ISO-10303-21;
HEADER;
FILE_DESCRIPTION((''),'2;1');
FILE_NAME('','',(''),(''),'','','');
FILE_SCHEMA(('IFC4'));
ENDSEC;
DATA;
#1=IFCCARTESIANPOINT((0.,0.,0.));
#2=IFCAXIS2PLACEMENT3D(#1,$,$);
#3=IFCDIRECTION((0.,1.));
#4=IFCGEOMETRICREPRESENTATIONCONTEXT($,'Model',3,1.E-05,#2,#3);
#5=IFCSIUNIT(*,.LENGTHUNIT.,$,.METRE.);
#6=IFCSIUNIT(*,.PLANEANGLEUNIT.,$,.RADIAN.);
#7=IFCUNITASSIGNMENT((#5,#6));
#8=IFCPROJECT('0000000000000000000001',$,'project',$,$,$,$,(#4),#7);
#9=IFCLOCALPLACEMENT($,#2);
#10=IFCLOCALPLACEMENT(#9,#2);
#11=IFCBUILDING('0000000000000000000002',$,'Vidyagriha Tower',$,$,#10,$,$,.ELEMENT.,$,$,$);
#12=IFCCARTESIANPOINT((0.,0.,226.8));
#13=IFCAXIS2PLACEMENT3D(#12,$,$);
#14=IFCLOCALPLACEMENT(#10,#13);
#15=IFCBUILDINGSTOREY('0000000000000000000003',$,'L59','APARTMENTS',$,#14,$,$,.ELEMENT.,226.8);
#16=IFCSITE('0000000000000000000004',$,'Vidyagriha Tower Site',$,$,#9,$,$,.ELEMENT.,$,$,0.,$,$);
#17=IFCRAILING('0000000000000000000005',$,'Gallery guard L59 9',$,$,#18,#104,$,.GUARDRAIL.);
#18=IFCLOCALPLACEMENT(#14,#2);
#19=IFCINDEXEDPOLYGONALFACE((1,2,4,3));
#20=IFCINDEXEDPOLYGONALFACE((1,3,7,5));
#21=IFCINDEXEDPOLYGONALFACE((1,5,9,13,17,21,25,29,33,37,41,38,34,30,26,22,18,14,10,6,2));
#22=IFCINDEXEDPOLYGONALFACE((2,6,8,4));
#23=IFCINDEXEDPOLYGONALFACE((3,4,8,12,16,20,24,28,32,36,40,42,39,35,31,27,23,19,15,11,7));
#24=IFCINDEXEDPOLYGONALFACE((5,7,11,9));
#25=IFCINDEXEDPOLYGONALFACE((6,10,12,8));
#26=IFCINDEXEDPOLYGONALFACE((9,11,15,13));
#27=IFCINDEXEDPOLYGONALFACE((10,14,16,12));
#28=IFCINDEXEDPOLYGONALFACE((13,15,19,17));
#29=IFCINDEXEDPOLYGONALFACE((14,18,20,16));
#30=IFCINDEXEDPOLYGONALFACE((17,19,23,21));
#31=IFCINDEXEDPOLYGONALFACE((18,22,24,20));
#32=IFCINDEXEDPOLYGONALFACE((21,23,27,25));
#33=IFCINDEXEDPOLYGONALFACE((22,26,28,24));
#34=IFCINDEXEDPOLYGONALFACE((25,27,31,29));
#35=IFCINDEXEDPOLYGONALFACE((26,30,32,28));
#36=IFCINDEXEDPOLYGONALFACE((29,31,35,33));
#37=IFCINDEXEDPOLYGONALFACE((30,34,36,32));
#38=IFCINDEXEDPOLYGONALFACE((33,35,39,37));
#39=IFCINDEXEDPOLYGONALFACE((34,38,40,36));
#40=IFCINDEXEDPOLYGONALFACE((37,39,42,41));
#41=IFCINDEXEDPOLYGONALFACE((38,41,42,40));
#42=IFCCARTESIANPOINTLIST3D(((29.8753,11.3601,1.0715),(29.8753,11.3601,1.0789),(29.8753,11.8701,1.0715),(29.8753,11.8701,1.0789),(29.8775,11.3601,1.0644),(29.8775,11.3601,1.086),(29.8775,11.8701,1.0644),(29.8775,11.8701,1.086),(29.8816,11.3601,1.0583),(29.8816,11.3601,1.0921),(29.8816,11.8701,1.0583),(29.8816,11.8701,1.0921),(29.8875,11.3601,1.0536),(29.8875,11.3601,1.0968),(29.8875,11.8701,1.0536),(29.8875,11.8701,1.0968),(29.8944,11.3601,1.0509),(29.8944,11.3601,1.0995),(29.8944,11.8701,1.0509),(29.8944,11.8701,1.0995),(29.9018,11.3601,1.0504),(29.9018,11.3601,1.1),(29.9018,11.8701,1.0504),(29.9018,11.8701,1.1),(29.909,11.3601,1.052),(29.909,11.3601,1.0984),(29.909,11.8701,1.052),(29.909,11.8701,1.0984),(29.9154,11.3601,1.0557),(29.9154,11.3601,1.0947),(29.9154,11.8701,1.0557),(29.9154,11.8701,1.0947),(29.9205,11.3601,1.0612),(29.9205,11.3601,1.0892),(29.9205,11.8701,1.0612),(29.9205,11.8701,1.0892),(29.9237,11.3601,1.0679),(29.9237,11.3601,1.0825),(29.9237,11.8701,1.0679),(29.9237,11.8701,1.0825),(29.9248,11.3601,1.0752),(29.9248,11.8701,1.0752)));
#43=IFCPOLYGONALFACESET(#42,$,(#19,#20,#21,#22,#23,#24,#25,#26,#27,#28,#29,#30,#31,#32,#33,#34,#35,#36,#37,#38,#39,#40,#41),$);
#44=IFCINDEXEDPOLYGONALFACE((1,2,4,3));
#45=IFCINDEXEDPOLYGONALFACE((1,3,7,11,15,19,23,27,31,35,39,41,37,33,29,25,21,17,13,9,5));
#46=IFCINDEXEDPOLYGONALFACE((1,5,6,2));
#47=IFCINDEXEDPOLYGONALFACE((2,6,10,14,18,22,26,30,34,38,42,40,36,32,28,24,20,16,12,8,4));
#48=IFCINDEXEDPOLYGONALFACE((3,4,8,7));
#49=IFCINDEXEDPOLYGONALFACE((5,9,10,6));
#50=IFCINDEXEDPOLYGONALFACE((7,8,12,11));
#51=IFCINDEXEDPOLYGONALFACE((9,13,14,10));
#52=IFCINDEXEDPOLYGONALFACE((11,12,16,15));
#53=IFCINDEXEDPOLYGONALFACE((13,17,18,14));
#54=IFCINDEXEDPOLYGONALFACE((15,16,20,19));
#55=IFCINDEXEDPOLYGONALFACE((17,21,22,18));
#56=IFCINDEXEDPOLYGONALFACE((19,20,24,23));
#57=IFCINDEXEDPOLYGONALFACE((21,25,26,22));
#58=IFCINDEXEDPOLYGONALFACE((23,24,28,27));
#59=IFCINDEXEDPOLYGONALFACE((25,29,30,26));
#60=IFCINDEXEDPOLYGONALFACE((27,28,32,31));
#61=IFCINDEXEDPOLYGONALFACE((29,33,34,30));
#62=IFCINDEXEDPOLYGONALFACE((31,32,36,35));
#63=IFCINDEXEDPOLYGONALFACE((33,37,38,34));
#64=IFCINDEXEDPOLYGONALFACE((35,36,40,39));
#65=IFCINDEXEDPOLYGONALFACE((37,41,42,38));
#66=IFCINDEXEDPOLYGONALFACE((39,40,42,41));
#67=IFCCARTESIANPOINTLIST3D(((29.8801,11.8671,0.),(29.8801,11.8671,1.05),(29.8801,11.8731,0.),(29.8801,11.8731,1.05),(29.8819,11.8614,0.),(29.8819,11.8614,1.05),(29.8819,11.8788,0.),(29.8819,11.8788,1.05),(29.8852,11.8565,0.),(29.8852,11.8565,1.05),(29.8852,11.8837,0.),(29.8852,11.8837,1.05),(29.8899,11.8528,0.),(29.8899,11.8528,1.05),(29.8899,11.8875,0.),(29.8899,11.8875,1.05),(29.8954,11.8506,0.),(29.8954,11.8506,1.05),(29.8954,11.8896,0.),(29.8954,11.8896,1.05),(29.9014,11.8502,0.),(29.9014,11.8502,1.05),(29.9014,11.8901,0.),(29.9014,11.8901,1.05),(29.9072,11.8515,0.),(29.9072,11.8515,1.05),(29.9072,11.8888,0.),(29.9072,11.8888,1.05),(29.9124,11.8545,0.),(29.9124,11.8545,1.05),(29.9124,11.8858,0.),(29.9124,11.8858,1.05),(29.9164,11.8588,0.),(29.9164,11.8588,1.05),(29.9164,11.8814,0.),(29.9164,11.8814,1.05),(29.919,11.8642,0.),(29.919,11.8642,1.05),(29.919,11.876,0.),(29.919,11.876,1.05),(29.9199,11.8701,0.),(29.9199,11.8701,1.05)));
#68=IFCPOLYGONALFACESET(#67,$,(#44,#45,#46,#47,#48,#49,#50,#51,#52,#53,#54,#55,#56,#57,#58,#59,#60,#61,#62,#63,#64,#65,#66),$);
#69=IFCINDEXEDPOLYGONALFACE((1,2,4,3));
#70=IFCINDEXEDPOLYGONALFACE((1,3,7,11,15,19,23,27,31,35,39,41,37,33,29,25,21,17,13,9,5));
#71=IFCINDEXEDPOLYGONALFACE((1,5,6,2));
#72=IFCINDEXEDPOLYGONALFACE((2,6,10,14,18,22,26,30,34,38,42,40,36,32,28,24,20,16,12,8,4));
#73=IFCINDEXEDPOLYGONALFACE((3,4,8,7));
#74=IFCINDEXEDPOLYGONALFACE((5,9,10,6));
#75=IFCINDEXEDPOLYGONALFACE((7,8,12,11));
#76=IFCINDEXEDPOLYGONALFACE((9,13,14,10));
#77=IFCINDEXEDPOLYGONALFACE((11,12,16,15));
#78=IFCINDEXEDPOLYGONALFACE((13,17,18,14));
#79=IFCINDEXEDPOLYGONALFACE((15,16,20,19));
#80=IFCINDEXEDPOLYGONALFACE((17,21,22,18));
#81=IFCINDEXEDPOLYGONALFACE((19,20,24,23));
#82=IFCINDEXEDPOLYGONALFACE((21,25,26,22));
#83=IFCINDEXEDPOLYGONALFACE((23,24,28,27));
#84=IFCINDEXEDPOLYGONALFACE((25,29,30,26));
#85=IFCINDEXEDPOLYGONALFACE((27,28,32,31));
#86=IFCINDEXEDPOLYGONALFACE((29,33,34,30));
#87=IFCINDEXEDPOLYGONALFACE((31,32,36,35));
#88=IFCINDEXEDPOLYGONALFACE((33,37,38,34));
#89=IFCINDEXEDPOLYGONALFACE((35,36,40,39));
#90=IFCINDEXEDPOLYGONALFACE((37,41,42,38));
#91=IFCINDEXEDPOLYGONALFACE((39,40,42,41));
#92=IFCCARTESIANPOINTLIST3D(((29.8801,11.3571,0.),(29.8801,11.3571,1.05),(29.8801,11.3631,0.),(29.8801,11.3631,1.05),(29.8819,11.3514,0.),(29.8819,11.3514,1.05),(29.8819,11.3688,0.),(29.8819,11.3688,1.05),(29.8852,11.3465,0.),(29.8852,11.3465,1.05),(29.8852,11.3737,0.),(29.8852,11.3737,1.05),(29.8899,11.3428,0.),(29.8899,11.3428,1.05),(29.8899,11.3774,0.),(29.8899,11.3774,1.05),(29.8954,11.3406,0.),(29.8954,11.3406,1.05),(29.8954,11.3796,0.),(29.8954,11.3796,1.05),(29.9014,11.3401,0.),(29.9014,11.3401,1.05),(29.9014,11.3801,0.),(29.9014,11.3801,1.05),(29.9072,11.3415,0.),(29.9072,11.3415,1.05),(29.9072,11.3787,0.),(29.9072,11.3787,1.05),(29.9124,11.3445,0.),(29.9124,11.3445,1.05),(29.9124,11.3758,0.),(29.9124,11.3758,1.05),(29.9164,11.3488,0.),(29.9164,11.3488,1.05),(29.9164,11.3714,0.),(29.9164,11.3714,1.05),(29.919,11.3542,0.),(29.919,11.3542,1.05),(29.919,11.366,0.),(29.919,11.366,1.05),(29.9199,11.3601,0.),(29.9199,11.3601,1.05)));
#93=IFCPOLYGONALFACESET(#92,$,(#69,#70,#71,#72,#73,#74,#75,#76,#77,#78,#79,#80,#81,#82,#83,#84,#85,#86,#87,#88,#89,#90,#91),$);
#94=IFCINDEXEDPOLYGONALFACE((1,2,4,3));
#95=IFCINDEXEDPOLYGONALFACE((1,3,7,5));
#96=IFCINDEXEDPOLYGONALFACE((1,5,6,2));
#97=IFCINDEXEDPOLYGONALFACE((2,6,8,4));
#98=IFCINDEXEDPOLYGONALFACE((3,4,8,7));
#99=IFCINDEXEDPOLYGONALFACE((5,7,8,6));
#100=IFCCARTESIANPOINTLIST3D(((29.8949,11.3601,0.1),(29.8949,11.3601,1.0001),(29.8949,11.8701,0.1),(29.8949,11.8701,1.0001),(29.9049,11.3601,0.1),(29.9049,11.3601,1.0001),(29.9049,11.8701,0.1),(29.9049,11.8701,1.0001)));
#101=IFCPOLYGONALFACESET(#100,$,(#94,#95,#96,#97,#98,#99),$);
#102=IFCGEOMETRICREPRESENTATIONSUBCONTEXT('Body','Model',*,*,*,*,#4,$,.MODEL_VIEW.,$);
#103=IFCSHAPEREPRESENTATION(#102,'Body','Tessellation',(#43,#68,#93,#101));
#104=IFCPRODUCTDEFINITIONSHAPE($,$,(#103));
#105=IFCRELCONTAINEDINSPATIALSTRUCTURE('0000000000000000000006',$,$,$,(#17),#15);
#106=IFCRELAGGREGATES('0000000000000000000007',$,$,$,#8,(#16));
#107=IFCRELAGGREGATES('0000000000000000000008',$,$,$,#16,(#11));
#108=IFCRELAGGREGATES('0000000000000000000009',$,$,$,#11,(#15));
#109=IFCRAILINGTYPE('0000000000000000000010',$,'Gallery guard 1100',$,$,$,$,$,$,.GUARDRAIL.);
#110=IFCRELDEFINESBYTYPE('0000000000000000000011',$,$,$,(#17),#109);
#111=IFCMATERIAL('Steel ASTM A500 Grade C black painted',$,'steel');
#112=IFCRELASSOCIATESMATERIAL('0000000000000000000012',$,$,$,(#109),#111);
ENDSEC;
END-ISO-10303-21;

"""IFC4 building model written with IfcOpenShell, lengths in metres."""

from ifc_helpers import new_model, si_unit, direction, frame, origin, origin_2d, place, context, subcontext, project, spatial, rectangle, circle, extrude, material, type_object, element, save


model = new_model("IFC4")

# Units and contexts
model_context = context("Model", 3, precision=1e-05, world=origin(), true_north=direction((0.0, 1.0)))
body_context = subcontext(model_context, "Body", "Model", "MODEL_VIEW")
ifc_project = project(units=[si_unit("LENGTHUNIT", "METRE"), si_unit("PLANEANGLEUNIT", "RADIAN")], contexts=[model_context])

# Site, building, storey
site_placement = place(None, origin())
site = spatial("IfcSite", under=ifc_project, at=site_placement, Name="Vidyagriha Tower Site", CompositionType="ELEMENT", RefElevation=0.0)
building_placement = place(site_placement, origin())
building = spatial("IfcBuilding", under=site, at=building_placement, Name="Vidyagriha Tower", CompositionType="ELEMENT")
storey_placement = place(building_placement, frame((0.0, 0.0, 226.8)))
storey = spatial("IfcBuildingStorey", under=building, at=storey_placement, Name="L59", Description="APARTMENTS", CompositionType="ELEMENT", Elevation=226.8)

# Railing
ifc_material_1 = material(Name="Steel ASTM A500 Grade C black painted", Category="steel")
railing_type = type_object("IfcRailingType", Name="Gallery guard 1100", PredefinedType="GUARDRAIL", material=ifc_material_1)
railing_1_placement = place(storey_placement, frame((29.8999, 11.8701, 0.0)))
element("IfcRailing", 1, at=railing_1_placement, inside=storey, type_object=railing_type, Name="Gallery guard L59 9", PredefinedType="GUARDRAIL", context=body_context, shape_type="SweptSolid", body=[
    extrude(circle(Radius=0.0249, at=origin_2d()), frame((0.0, 0.0, 1.0752), z_axis=(0.0, -1.0, 0.0), x_axis=(1.0, 0.0, 0.0)), (0.0, 0.0, 1.0), 0.51),
    extrude(circle(Radius=0.02, at=origin_2d()), origin(), (0.0, 0.0, 1.0), 1.05),
    extrude(circle(Radius=0.02, at=origin_2d()), frame((0.0, -0.51, 0.0)), (0.0, 0.0, 1.0), 1.05),
    extrude(rectangle(XDim=0.01, YDim=0.9001, at=origin_2d()), frame((0.0, 0.0, 0.55), z_axis=(0.0, -1.0, 0.0), x_axis=(1.0, 0.0, 0.0)), (0.0, 0.0, 1.0), 0.51),
])

save(model, "model.ifc")
